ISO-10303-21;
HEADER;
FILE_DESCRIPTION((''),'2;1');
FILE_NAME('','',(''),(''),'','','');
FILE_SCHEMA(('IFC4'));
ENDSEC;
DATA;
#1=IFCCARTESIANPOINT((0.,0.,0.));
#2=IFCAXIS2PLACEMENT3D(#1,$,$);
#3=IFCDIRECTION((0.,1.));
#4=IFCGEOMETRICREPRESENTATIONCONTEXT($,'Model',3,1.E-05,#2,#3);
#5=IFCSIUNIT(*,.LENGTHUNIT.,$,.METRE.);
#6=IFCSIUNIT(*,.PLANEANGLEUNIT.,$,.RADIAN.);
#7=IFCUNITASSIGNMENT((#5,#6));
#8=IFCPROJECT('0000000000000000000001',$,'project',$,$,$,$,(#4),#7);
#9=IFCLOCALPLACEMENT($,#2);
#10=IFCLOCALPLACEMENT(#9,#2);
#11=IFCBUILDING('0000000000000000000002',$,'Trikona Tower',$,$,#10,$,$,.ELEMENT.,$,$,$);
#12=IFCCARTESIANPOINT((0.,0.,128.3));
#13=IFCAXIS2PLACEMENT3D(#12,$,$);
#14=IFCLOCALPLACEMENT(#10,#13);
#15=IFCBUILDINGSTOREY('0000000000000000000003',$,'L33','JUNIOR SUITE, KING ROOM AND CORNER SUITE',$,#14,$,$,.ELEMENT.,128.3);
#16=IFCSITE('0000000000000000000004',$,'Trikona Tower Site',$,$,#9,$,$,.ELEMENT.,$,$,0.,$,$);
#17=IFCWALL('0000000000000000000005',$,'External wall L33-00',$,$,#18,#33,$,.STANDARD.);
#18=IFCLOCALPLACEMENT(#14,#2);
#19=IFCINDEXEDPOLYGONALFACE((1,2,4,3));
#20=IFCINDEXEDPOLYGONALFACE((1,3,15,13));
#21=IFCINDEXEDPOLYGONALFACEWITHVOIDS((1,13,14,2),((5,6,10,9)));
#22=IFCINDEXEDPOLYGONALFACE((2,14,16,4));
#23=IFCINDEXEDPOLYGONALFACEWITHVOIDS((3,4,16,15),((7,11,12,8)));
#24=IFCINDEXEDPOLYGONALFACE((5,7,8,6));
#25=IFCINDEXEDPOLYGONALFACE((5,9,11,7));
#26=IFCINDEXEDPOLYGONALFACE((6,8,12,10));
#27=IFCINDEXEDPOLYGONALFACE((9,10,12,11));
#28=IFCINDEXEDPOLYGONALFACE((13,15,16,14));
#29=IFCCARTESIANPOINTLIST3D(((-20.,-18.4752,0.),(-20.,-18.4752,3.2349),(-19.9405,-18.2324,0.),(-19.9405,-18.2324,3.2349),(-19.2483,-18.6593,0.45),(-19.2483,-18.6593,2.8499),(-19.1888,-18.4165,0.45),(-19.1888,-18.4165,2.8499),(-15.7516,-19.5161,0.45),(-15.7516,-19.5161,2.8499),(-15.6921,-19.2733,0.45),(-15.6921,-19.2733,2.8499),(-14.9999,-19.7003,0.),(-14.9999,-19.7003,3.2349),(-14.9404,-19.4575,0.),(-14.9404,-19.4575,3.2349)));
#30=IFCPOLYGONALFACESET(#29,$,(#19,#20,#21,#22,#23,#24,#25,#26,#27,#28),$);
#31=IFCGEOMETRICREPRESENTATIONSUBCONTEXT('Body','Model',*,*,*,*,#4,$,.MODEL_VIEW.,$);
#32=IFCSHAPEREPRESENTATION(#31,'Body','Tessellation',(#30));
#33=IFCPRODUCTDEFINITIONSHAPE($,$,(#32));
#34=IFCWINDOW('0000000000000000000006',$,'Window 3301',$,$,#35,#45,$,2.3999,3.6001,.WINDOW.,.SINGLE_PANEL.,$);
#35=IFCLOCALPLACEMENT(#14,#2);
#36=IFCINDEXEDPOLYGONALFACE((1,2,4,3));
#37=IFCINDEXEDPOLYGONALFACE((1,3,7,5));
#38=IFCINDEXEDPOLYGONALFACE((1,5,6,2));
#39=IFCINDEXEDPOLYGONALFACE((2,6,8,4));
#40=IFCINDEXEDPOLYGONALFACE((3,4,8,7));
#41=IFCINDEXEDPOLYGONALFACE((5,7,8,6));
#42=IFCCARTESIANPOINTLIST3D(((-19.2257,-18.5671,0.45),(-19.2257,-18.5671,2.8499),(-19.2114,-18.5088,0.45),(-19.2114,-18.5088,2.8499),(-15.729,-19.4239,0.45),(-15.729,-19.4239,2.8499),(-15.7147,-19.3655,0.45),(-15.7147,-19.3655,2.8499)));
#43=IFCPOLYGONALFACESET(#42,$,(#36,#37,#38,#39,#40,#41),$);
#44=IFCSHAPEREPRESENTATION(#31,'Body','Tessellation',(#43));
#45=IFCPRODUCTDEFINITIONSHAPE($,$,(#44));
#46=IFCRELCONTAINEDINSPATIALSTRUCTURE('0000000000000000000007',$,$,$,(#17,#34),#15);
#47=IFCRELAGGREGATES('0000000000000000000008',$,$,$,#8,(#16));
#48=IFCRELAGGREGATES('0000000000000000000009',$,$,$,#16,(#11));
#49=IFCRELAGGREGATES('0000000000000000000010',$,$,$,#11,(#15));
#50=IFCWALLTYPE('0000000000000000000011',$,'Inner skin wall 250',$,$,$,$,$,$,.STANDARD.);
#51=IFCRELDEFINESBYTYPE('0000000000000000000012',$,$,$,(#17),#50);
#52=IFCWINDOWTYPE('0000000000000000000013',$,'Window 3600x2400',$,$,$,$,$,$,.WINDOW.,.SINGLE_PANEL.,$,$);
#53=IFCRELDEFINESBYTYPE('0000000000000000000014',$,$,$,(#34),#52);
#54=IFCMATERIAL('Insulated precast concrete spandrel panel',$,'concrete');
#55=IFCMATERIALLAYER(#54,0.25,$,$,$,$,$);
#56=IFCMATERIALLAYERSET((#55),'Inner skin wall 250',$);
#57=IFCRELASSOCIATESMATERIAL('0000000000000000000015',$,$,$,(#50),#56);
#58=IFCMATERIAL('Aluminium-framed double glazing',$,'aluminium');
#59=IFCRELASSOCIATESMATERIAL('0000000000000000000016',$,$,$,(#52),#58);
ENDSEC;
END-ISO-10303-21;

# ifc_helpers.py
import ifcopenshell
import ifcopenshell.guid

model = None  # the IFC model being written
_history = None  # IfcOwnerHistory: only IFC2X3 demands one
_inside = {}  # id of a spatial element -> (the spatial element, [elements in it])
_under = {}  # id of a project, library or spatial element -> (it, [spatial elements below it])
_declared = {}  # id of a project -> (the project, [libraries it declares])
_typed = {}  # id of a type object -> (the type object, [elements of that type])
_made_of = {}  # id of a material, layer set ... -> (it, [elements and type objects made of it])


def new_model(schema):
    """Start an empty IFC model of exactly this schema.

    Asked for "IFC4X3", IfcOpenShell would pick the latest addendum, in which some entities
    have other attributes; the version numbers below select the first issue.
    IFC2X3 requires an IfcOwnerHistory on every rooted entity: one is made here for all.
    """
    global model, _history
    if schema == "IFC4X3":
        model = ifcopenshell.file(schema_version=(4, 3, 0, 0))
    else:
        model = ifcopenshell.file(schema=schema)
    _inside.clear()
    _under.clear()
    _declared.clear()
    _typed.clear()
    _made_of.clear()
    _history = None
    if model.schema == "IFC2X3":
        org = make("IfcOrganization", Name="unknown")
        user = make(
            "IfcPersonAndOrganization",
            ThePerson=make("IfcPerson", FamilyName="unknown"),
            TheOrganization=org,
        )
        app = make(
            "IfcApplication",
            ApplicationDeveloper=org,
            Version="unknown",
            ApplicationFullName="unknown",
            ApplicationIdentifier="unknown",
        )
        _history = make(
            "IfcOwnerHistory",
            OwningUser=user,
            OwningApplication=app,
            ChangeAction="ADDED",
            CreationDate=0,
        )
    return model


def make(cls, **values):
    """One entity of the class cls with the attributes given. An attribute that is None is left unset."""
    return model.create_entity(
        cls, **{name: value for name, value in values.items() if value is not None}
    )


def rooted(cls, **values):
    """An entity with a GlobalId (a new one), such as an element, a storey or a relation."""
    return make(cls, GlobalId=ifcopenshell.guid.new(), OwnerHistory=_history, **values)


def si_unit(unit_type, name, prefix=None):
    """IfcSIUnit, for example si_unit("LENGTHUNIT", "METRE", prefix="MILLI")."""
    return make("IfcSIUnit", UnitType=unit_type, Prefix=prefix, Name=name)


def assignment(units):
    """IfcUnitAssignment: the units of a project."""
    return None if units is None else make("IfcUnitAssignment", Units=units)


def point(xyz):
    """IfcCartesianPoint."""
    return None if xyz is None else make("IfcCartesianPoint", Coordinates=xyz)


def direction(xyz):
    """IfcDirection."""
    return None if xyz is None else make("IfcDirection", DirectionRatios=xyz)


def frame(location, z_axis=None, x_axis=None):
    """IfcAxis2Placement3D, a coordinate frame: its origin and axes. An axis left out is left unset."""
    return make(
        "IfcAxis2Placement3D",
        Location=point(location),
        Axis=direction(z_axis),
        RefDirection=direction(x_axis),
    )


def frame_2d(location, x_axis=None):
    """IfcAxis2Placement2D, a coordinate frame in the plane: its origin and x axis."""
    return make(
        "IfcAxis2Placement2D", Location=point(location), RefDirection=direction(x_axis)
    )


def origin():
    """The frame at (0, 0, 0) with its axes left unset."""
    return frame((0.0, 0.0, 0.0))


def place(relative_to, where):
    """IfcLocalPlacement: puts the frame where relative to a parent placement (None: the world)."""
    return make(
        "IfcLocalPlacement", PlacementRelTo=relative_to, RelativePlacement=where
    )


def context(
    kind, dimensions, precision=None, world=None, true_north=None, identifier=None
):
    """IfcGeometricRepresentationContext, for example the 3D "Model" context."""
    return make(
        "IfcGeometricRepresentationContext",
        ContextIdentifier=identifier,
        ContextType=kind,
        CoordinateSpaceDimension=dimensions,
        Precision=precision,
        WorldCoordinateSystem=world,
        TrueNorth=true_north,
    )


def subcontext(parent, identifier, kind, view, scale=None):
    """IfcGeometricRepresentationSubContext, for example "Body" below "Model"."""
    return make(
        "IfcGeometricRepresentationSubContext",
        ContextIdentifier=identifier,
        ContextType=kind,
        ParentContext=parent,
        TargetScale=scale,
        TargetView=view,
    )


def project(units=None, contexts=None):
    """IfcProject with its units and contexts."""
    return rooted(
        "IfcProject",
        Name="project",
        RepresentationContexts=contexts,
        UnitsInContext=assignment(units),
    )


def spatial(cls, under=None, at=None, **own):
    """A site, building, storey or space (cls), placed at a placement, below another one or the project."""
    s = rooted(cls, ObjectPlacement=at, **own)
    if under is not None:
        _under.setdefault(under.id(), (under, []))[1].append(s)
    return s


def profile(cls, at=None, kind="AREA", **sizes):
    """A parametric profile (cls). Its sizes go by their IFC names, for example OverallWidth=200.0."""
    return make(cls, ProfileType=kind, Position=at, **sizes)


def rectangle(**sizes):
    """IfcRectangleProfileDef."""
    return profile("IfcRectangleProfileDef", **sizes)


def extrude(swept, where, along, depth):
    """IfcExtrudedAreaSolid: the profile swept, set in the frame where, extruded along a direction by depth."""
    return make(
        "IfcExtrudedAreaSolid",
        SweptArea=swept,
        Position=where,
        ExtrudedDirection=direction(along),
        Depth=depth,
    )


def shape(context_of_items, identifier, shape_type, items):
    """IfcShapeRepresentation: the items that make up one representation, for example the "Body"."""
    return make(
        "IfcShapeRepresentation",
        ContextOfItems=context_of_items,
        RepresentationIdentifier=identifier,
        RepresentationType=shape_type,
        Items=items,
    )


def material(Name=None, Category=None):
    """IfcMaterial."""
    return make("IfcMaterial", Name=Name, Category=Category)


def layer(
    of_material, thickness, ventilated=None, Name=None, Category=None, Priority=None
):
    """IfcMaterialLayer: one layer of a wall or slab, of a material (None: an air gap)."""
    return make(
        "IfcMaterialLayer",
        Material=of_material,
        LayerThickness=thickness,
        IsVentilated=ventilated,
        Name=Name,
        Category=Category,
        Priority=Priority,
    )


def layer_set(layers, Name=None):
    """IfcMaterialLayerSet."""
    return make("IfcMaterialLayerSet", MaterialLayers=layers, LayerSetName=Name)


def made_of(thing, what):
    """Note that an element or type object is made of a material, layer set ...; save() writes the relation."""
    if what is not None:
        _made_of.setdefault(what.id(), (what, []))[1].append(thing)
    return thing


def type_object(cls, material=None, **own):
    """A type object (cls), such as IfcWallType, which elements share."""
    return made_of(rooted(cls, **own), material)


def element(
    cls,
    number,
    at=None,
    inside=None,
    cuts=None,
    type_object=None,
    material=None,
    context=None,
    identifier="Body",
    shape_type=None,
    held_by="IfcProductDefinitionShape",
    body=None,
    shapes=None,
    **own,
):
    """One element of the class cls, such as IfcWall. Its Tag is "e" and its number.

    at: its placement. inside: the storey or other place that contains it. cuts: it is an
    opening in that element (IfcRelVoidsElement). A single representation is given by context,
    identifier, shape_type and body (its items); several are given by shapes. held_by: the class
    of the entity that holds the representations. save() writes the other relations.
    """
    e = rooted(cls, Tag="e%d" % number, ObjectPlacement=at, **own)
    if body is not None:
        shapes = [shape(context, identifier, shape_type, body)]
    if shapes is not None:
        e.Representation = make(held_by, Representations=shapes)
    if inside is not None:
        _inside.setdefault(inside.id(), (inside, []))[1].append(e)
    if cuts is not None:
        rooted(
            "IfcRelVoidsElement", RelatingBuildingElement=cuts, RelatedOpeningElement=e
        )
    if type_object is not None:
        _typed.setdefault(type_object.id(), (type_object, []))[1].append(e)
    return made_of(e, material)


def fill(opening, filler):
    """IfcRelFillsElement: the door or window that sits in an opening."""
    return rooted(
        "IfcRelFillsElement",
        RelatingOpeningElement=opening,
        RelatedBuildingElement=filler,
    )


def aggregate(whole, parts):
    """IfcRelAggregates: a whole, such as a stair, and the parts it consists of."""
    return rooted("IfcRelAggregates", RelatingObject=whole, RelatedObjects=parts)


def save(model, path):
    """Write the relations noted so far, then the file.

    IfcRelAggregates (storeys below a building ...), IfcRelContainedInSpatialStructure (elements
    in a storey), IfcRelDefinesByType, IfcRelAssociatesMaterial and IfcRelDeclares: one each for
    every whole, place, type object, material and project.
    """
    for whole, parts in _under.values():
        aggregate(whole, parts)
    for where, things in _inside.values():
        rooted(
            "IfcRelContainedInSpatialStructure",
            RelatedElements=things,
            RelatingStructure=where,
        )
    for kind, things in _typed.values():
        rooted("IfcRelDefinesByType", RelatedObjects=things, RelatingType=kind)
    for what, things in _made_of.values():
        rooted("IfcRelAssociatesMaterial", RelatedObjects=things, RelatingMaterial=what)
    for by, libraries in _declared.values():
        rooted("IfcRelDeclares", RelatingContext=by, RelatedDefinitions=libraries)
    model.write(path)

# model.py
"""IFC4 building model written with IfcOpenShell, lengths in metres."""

from ifc_helpers import new_model, si_unit, direction, frame, frame_2d, origin, place, context, subcontext, project, spatial, rectangle, extrude, material, layer, layer_set, type_object, element, fill, save


model = new_model("IFC4")

# Units and contexts
model_context = context("Model", 3, precision=1e-05, world=origin(), true_north=direction((0.0, 1.0)))
body_context = subcontext(model_context, "Body", "Model", "MODEL_VIEW")
ifc_project = project(units=[si_unit("LENGTHUNIT", "METRE"), si_unit("PLANEANGLEUNIT", "RADIAN")], contexts=[model_context])

# Site, building, storey
site_placement = place(None, origin())
site = spatial("IfcSite", under=ifc_project, at=site_placement, Name="Trikona Tower Site", CompositionType="ELEMENT", RefElevation=0.0)
building_placement = place(site_placement, origin())
building = spatial("IfcBuilding", under=site, at=building_placement, Name="Trikona Tower", CompositionType="ELEMENT")
storey_placement = place(building_placement, frame((0.0, 0.0, 128.3)))
storey = spatial("IfcBuildingStorey", under=building, at=storey_placement, Name="L33", Description="JUNIOR SUITE, KING ROOM AND CORNER SUITE", CompositionType="ELEMENT", Elevation=128.3)

# Wall, opening, window
ifc_material_1 = material(Name="Insulated precast concrete spandrel panel", Category="concrete")
ifc_layer_1 = layer(ifc_material_1, 0.25)
ifc_layer_set_1 = layer_set([ifc_layer_1], Name="Inner skin wall 250")
wall_type_1 = type_object("IfcWallType", Name="Inner skin wall 250", PredefinedType="STANDARD", material=ifc_layer_set_1)
wall_1_placement = place(storey_placement, frame((-19.9702, -18.3538, 0.0), z_axis=(0.0, 0.0, 1.0), x_axis=(0.97127, -0.23798, 0.0)))
wall_1 = element("IfcWall", 1, at=wall_1_placement, inside=storey, type_object=wall_type_1, Name="External wall L33-00", PredefinedType="STANDARD", context=body_context, shape_type="SweptSolid", body=[
    extrude(rectangle(XDim=5.1479, YDim=0.25, at=frame_2d((2.574, 0.0))), origin(), (0.0, 0.0, 1.0), 3.2349),
])
opening_1_placement = place(wall_1_placement, frame((0.7739, 0.0, 0.45)))
opening_1 = element("IfcOpeningElement", 2, at=opening_1_placement, cuts=wall_1, PredefinedType="OPENING", context=body_context, shape_type="SweptSolid", body=[
    extrude(rectangle(XDim=3.6001, YDim=2.3999, at=frame_2d((1.8, 1.2))), frame((0.0, 0.135, 0.0), z_axis=(0.0, -1.0, 0.0), x_axis=(1.0, 0.0, 0.0)), (0.0, 0.0, 1.0), 0.27),
])
ifc_material_2 = material(Name="Aluminium-framed double glazing", Category="aluminium")
window_type_1 = type_object("IfcWindowType", Name="Window 3600x2400", PartitioningType="SINGLE_PANEL", PredefinedType="WINDOW", material=ifc_material_2)
window_1_placement = place(opening_1_placement, origin())
window_1 = element("IfcWindow", 3, at=window_1_placement, inside=storey, type_object=window_type_1, Name="Window 3301", OverallHeight=2.3999, OverallWidth=3.6001, PartitioningType="SINGLE_PANEL", PredefinedType="WINDOW", context=body_context, shape_type="SweptSolid", body=[
    extrude(rectangle(XDim=3.6001, YDim=2.3999, at=frame_2d((1.8, 1.2))), frame((0.0, 0.03, 0.0), z_axis=(0.0, -1.0, 0.0), x_axis=(1.0, 0.0, 0.0)), (0.0, 0.0, 1.0), 0.0601),
])
fill(opening_1, window_1)

save(model, "model.ifc")
